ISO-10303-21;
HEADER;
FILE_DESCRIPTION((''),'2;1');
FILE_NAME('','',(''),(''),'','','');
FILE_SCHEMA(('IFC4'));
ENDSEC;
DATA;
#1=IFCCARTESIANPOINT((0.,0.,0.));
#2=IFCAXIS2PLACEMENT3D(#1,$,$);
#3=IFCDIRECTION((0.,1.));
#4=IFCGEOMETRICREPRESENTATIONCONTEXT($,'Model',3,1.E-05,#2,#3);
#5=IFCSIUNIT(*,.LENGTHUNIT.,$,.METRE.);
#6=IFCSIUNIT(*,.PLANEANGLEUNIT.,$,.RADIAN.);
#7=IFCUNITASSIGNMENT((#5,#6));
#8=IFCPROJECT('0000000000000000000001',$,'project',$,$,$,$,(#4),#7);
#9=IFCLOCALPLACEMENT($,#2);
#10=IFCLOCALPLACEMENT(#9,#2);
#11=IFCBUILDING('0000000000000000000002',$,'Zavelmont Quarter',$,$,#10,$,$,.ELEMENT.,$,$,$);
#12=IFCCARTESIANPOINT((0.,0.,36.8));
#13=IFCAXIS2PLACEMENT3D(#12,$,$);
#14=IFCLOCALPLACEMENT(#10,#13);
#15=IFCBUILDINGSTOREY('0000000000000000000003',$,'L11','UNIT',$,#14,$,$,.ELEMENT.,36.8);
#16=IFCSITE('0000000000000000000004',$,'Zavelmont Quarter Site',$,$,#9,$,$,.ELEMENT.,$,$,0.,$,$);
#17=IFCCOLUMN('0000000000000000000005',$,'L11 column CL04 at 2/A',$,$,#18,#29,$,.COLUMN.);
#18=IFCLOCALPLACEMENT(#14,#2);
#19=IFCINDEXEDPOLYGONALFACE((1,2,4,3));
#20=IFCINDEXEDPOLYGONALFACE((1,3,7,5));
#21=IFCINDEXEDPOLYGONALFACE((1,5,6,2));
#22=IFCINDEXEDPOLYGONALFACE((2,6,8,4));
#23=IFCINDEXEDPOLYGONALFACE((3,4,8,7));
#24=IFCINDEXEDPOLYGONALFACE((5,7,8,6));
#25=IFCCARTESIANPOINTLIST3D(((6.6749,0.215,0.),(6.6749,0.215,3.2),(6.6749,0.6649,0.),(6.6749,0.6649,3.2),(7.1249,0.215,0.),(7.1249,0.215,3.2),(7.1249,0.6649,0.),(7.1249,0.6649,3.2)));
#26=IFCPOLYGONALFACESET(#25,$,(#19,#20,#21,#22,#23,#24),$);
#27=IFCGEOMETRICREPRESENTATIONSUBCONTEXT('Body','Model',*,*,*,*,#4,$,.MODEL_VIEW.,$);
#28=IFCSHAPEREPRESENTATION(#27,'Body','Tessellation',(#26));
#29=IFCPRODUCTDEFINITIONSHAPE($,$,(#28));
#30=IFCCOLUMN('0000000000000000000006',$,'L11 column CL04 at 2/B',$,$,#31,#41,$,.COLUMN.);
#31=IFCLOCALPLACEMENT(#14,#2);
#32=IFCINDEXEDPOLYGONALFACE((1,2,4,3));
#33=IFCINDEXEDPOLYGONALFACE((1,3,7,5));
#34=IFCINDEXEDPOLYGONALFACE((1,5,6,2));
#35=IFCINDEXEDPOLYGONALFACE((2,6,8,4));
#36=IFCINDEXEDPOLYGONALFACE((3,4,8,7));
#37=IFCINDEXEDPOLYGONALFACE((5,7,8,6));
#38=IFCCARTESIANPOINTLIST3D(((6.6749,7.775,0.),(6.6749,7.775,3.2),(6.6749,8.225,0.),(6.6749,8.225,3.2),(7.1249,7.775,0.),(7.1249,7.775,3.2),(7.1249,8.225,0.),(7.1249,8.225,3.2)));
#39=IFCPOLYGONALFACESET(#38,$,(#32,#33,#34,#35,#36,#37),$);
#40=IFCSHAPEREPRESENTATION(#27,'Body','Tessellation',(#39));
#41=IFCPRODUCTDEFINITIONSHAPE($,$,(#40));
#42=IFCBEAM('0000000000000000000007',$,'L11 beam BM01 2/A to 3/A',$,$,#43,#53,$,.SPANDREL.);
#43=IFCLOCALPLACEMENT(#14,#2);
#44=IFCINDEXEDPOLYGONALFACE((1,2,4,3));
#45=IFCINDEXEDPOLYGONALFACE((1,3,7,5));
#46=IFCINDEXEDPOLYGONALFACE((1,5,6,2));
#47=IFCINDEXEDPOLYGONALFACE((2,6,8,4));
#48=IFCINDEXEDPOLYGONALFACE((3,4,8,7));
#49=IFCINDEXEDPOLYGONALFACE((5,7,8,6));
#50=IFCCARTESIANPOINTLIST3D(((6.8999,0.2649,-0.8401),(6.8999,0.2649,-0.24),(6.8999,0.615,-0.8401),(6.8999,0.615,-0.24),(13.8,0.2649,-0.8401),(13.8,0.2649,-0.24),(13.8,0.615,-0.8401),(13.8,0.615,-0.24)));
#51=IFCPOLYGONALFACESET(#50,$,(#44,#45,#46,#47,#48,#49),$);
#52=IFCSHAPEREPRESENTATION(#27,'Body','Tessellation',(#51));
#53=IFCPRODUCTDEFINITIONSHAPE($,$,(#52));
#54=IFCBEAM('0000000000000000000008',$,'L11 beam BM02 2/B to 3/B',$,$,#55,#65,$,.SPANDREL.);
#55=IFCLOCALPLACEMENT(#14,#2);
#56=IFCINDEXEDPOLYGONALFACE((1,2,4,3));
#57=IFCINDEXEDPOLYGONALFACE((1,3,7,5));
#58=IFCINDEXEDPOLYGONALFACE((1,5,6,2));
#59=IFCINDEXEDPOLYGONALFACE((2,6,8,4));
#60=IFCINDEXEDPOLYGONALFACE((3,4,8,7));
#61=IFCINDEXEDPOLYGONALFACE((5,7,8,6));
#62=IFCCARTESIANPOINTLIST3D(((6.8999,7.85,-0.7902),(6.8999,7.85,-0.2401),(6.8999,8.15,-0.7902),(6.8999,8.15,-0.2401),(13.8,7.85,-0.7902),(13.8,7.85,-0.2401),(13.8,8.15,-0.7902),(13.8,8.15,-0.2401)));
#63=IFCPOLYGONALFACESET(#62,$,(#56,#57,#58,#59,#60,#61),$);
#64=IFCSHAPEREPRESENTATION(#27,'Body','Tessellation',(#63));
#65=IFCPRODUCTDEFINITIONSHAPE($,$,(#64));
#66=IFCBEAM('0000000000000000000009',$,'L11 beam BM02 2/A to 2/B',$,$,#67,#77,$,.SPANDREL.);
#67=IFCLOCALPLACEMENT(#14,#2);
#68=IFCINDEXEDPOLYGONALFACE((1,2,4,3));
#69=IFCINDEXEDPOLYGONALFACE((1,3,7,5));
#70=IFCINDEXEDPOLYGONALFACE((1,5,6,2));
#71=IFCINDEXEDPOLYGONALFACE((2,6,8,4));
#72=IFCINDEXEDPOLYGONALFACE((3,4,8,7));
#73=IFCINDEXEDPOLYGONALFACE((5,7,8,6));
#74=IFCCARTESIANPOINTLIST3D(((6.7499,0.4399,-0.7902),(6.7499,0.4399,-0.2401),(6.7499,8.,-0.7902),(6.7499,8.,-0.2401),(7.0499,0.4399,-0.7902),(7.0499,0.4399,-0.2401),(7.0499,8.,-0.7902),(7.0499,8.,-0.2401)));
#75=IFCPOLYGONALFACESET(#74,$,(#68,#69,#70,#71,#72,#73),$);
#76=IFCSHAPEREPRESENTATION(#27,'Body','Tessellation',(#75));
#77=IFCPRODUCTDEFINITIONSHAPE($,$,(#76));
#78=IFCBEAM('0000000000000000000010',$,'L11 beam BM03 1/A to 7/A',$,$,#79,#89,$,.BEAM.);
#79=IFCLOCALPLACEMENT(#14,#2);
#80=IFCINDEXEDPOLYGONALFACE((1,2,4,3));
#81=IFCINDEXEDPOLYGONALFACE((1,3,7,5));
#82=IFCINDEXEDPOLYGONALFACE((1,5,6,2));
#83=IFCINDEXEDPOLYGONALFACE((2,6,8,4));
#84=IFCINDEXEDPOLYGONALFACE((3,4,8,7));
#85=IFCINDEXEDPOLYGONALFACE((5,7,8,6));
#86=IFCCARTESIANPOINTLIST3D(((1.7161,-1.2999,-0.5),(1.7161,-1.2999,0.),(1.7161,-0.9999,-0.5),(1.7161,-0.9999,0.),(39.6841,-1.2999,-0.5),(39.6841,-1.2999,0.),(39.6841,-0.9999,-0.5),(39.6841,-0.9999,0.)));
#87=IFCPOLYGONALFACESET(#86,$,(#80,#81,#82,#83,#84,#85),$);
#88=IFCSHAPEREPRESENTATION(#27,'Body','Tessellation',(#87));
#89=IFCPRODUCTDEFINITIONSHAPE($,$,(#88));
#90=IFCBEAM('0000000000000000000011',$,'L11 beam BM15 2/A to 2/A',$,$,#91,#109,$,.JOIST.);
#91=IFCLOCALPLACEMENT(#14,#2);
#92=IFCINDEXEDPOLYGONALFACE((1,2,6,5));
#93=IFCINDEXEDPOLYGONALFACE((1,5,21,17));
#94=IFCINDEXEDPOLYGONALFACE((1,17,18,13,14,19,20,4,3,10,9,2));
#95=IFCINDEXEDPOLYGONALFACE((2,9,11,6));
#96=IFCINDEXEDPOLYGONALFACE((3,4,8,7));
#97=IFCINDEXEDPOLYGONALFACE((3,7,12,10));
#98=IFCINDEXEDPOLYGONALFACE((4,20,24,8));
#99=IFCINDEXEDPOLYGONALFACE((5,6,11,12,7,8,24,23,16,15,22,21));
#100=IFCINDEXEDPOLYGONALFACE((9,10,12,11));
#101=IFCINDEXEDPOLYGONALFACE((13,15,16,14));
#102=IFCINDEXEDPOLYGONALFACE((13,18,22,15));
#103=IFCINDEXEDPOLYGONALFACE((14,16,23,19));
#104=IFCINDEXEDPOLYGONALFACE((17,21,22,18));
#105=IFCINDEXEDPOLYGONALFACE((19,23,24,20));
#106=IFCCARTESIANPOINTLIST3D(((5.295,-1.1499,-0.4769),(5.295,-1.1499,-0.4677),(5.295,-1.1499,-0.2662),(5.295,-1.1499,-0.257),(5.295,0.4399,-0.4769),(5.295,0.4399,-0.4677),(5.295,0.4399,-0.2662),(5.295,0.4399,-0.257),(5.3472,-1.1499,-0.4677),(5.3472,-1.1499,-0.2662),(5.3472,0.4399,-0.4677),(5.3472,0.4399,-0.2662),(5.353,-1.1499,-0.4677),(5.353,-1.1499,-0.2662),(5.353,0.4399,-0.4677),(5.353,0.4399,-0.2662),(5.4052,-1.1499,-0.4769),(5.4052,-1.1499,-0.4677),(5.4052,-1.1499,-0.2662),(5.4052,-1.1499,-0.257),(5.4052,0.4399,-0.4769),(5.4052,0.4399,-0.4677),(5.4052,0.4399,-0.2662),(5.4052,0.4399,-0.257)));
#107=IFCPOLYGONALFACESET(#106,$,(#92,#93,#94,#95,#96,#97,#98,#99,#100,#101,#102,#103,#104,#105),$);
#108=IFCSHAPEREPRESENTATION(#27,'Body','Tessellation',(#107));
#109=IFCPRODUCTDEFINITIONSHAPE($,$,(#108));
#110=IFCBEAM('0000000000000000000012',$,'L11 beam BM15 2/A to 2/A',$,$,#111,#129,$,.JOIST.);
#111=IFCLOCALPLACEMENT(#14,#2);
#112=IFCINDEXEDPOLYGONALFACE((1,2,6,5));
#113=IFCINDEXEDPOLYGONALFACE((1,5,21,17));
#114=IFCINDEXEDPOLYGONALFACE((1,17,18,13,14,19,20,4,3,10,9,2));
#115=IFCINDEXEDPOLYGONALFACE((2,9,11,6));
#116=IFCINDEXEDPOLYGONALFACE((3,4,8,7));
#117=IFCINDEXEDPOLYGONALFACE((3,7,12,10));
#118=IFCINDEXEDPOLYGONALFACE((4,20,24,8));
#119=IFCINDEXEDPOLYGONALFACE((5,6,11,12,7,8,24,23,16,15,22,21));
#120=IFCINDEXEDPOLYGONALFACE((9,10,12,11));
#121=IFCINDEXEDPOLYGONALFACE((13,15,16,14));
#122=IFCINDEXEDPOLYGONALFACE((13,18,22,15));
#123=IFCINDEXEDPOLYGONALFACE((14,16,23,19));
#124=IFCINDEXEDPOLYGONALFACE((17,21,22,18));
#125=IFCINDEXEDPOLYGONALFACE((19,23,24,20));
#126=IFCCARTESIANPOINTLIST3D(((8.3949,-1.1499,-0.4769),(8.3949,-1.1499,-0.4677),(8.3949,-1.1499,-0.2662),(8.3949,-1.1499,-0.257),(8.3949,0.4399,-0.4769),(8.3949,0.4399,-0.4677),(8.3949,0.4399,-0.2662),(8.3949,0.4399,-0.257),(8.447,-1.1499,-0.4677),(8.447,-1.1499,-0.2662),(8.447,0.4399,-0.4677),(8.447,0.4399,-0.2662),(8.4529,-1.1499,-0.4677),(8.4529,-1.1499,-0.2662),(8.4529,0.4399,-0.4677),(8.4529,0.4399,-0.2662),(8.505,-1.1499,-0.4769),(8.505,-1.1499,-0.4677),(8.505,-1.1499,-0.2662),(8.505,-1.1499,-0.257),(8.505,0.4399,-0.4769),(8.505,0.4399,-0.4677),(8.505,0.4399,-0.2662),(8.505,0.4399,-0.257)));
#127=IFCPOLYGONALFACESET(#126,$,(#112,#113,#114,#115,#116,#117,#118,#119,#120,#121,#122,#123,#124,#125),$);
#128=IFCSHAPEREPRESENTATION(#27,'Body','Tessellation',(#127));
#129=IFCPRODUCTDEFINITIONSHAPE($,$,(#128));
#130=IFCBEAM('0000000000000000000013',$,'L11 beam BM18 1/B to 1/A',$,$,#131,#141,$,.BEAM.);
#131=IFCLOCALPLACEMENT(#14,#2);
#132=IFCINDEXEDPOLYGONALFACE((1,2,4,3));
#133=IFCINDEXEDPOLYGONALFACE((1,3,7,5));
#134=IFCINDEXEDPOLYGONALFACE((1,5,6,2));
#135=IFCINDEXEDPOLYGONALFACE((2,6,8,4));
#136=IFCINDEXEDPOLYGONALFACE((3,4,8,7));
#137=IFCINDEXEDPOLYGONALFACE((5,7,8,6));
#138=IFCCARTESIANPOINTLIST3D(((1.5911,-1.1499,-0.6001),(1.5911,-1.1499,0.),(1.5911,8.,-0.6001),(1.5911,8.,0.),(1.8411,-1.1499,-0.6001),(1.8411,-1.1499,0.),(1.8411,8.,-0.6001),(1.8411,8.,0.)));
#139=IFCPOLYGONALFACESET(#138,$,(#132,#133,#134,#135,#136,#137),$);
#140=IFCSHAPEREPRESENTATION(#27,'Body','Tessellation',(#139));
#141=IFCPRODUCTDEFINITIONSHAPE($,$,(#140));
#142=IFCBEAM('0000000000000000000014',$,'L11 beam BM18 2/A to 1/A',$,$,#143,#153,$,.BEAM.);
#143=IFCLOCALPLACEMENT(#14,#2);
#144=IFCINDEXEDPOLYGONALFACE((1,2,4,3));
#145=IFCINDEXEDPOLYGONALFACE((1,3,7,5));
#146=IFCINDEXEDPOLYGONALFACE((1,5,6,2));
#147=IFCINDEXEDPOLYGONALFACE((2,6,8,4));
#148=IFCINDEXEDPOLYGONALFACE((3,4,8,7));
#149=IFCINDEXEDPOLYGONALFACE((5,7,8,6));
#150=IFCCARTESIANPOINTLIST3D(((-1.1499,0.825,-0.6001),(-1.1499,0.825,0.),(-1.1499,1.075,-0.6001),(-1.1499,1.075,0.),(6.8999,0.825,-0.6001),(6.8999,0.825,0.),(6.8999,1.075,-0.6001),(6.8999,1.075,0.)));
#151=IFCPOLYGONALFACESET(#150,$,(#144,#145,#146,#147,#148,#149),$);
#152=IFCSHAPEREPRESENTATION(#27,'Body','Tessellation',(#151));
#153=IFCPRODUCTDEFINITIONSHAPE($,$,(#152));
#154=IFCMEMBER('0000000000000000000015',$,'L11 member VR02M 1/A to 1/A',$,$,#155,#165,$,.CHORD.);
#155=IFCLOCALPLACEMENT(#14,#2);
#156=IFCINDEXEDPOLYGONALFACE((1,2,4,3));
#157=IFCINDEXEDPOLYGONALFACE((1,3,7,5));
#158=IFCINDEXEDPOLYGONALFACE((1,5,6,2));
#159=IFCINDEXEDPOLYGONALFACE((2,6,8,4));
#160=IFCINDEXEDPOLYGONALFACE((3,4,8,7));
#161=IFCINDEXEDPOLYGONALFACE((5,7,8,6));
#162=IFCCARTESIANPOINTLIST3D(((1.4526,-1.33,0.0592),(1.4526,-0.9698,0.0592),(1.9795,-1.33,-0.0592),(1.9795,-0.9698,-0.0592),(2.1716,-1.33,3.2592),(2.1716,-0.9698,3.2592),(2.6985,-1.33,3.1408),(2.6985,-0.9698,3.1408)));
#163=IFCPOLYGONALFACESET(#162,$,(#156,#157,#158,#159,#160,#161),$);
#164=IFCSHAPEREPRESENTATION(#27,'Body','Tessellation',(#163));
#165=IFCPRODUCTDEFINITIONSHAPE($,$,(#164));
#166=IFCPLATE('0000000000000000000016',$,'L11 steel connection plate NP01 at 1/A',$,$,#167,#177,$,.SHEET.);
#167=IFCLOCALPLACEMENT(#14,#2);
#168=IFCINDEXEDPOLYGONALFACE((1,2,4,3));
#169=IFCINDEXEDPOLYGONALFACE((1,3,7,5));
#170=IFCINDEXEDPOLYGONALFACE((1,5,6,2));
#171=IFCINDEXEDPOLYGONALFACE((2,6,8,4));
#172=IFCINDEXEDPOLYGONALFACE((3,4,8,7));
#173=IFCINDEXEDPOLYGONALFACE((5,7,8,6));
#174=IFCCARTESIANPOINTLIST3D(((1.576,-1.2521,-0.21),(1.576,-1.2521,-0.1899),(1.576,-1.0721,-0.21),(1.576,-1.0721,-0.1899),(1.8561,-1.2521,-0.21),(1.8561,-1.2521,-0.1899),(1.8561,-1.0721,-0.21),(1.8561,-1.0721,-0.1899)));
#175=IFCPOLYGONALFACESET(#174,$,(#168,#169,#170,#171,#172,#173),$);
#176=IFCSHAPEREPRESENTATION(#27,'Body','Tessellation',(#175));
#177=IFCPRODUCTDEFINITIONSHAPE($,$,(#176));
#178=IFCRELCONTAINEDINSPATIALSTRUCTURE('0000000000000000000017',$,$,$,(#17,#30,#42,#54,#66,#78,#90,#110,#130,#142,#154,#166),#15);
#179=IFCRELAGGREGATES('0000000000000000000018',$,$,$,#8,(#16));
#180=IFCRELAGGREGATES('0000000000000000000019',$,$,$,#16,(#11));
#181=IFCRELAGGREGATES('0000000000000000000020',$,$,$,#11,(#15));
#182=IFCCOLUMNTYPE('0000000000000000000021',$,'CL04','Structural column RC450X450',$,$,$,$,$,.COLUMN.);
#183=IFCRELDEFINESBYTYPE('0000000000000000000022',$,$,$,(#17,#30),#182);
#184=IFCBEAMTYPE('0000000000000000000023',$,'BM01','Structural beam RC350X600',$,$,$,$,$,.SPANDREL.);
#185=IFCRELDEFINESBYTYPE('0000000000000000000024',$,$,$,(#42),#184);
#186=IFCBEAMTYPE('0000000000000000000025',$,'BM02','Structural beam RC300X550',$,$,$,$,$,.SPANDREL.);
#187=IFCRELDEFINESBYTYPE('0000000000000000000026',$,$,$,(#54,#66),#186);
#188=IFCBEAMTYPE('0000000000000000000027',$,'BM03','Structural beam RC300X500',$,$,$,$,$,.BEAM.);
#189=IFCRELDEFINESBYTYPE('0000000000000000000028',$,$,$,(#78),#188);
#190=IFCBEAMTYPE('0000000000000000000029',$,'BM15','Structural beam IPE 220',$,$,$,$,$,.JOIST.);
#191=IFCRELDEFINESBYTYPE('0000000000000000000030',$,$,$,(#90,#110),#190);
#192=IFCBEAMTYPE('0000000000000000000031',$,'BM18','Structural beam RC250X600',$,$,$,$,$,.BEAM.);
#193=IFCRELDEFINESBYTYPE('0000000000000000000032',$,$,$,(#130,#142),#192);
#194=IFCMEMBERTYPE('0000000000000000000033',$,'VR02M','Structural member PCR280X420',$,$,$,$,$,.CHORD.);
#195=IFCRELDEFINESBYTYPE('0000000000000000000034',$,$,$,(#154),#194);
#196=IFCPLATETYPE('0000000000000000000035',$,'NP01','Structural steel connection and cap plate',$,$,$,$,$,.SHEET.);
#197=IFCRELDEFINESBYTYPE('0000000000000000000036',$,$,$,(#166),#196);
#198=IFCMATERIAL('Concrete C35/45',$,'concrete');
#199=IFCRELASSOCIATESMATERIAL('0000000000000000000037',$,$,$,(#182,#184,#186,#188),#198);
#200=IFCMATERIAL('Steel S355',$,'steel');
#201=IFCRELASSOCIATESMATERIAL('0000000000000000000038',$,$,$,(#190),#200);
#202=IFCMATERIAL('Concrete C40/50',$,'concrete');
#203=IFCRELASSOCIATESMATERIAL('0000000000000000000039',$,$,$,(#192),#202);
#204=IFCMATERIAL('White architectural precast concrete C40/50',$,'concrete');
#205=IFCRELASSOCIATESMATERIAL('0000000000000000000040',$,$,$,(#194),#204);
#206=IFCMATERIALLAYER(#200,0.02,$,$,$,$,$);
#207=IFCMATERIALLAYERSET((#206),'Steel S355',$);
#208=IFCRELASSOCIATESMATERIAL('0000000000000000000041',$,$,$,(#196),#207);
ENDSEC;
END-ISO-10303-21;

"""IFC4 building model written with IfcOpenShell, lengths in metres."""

from ifc_helpers import new_model, si_unit, direction, frame, origin, origin_2d, place, context, subcontext, project, spatial, rectangle, i_section, extrude, material, layer, layer_set, material_profile, profile_set, type_object, element, save


model = new_model("IFC4")

# Units and contexts
model_context = context("Model", 3, precision=1e-05, world=origin(), true_north=direction((0.0, 1.0)))
body_context = subcontext(model_context, "Body", "Model", "MODEL_VIEW")
ifc_project = project(units=[si_unit("LENGTHUNIT", "METRE"), si_unit("PLANEANGLEUNIT", "RADIAN")], contexts=[model_context])

# Site, building, storey
site_placement = place(None, origin())
site = spatial("IfcSite", under=ifc_project, at=site_placement, Name="Zavelmont Quarter Site", CompositionType="ELEMENT", RefElevation=0.0)
building_placement = place(site_placement, origin())
building = spatial("IfcBuilding", under=site, at=building_placement, Name="Zavelmont Quarter", CompositionType="ELEMENT")
storey_placement = place(building_placement, frame((0.0, 0.0, 36.8)))
storey = spatial("IfcBuildingStorey", under=building, at=storey_placement, Name="L11", Description="UNIT", CompositionType="ELEMENT", Elevation=36.8)

# Columns
ifc_material_1 = material(Name="Concrete C35/45", Category="concrete")
ifc_material_profile_1 = material_profile(ifc_material_1, rectangle(XDim=0.45, YDim=0.45, at=origin_2d()), Name="RC450X450")
ifc_profile_set_1 = profile_set([ifc_material_profile_1], Name="Concrete C35/45")
column_type = type_object("IfcColumnType", Name="CL04", Description="Structural column RC450X450", PredefinedType="COLUMN", material=ifc_profile_set_1)
for number, where, z_axis, x_axis, name in (
    (1, (6.8999, 0.4399, 0.0), (0.0, 0.0, 1.0), (1.0, 0.0, 0.0), "L11 column CL04 at 2/A"),
    (2, (6.8999, 8.0, 0.0), (0.0, 0.0, 1.0), (1.0, 0.0, 0.0), "L11 column CL04 at 2/B"),
):
    element("IfcColumn", number, at=place(storey_placement, frame(where, z_axis=z_axis, x_axis=x_axis)), inside=storey, type_object=column_type, Name=name, PredefinedType="COLUMN", context=body_context, shape_type="SweptSolid", body=[
        extrude(rectangle(XDim=0.45, YDim=0.45, at=origin_2d()), origin(), (0.0, 0.0, 1.0), 3.2),
    ])

# Beams
ifc_material_profile_2 = material_profile(ifc_material_1, rectangle(XDim=0.3501, YDim=0.6001, at=origin_2d()), Name="RC350X600")
ifc_profile_set_2 = profile_set([ifc_material_profile_2], Name="Concrete C35/45")
beam_type_1 = type_object("IfcBeamType", Name="BM01", Description="Structural beam RC350X600", PredefinedType="SPANDREL", material=ifc_profile_set_2)
beam_1_placement = place(storey_placement, frame((6.8999, 0.4399, -0.54), z_axis=(1.0, 0.0, 0.0), x_axis=(0.0, 1.0, 0.0)))
element("IfcBeam", 3, at=beam_1_placement, inside=storey, type_object=beam_type_1, Name="L11 beam BM01 2/A to 3/A", PredefinedType="SPANDREL", context=body_context, shape_type="SweptSolid", body=[
    extrude(rectangle(XDim=0.3501, YDim=0.6001, at=origin_2d()), origin(), (0.0, 0.0, 1.0), 6.9001),
])
ifc_material_profile_3 = material_profile(ifc_material_1, rectangle(XDim=0.3, YDim=0.55, at=origin_2d()), Name="RC300X550")
ifc_profile_set_3 = profile_set([ifc_material_profile_3], Name="Concrete C35/45")
beam_type_2 = type_object("IfcBeamType", Name="BM02", Description="Structural beam RC300X550", PredefinedType="SPANDREL", material=ifc_profile_set_3)
beam_2_placement = place(storey_placement, frame((6.8999, 8.0, -0.5151), z_axis=(1.0, 0.0, 0.0), x_axis=(0.0, 1.0, 0.0)))
element("IfcBeam", 4, at=beam_2_placement, inside=storey, type_object=beam_type_2, Name="L11 beam BM02 2/B to 3/B", PredefinedType="SPANDREL", context=body_context, shape_type="SweptSolid", body=[
    extrude(rectangle(XDim=0.3, YDim=0.55, at=origin_2d()), origin(), (0.0, 0.0, 1.0), 6.9001),
])
beam_3_placement = place(storey_placement, frame((6.8999, 0.4399, -0.5151), z_axis=(0.0, 1.0, 0.0), x_axis=(-1.0, 0.0, 0.0)))
element("IfcBeam", 5, at=beam_3_placement, inside=storey, type_object=beam_type_2, Name="L11 beam BM02 2/A to 2/B", PredefinedType="SPANDREL", context=body_context, shape_type="SweptSolid", body=[
    extrude(rectangle(XDim=0.3, YDim=0.55, at=origin_2d()), origin(), (0.0, 0.0, 1.0), 7.5601),
])
ifc_material_profile_4 = material_profile(ifc_material_1, rectangle(XDim=0.3, YDim=0.5, at=origin_2d()), Name="RC300X500")
ifc_profile_set_4 = profile_set([ifc_material_profile_4], Name="Concrete C35/45")
beam_type_3 = type_object("IfcBeamType", Name="BM03", Description="Structural beam RC300X500", PredefinedType="BEAM", material=ifc_profile_set_4)
beam_4_placement = place(storey_placement, frame((1.7161, -1.1499, -0.25), z_axis=(1.0, 0.0, 0.0), x_axis=(0.0, 1.0, 0.0)))
element("IfcBeam", 6, at=beam_4_placement, inside=storey, type_object=beam_type_3, Name="L11 beam BM03 1/A to 7/A", PredefinedType="BEAM", context=body_context, shape_type="SweptSolid", body=[
    extrude(rectangle(XDim=0.3, YDim=0.5, at=origin_2d()), origin(), (0.0, 0.0, 1.0), 37.968),
])
ifc_material_2 = material(Name="Steel S355", Category="steel")
ifc_material_profile_5 = material_profile(ifc_material_2, i_section(OverallWidth=0.1101, OverallDepth=0.22, WebThickness=0.0059, FlangeThickness=0.0093, at=origin_2d()), Name="IPE 220")
ifc_profile_set_5 = profile_set([ifc_material_profile_5], Name="Steel S355")
beam_type_4 = type_object("IfcBeamType", Name="BM15", Description="Structural beam IPE 220", PredefinedType="JOIST", material=ifc_profile_set_5)
for number, where, z_axis, x_axis, name in (
    (7, (5.3501, 0.4399, -0.3669), (0.0, -1.0, 0.0), (1.0, 0.0, 0.0), "L11 beam BM15 2/A to 2/A"),
    (8, (8.45, 0.4399, -0.3669), (0.0, -1.0, 0.0), (1.0, 0.0, 0.0), "L11 beam BM15 2/A to 2/A"),
):
    element("IfcBeam", number, at=place(storey_placement, frame(where, z_axis=z_axis, x_axis=x_axis)), inside=storey, type_object=beam_type_4, Name=name, PredefinedType="JOIST", context=body_context, shape_type="SweptSolid", body=[
        extrude(i_section(OverallWidth=0.1101, OverallDepth=0.22, WebThickness=0.0059, FlangeThickness=0.0093, at=origin_2d()), origin(), (0.0, 0.0, 1.0), 1.5898),
    ])
ifc_material_3 = material(Name="Concrete C40/50", Category="concrete")
ifc_material_profile_6 = material_profile(ifc_material_3, rectangle(XDim=0.25, YDim=0.6001, at=origin_2d()), Name="RC250X600")
ifc_profile_set_6 = profile_set([ifc_material_profile_6], Name="Concrete C40/50")
beam_type_5 = type_object("IfcBeamType", Name="BM18", Description="Structural beam RC250X600", PredefinedType="BEAM", material=ifc_profile_set_6)
beam_5_placement = place(storey_placement, frame((1.7161, 8.0, -0.3), z_axis=(0.0, -1.0, 0.0), x_axis=(1.0, 0.0, 0.0)))
element("IfcBeam", 9, at=beam_5_placement, inside=storey, type_object=beam_type_5, Name="L11 beam BM18 1/B to 1/A", PredefinedType="BEAM", context=body_context, shape_type="SweptSolid", body=[
    extrude(rectangle(XDim=0.25, YDim=0.6001, at=origin_2d()), origin(), (0.0, 0.0, 1.0), 9.1499),
])
beam_6_placement = place(storey_placement, frame((6.8999, 0.95, -0.3), z_axis=(-1.0, 0.0, 0.0), x_axis=(0.0, -1.0, 0.0)))
element("IfcBeam", 10, at=beam_6_placement, inside=storey, type_object=beam_type_5, Name="L11 beam BM18 2/A to 1/A", PredefinedType="BEAM", context=body_context, shape_type="SweptSolid", body=[
    extrude(rectangle(XDim=0.25, YDim=0.6001, at=origin_2d()), origin(), (0.0, 0.0, 1.0), 8.0498),
])

# Member
ifc_material_4 = material(Name="White architectural precast concrete C40/50", Category="concrete")
ifc_material_profile_7 = material_profile(ifc_material_4, rectangle(XDim=0.3601, YDim=0.54, at=origin_2d()), Name="PCR280X420")
ifc_profile_set_7 = profile_set([ifc_material_profile_7], Name="White architectural precast concrete C40/50")
member_type = type_object("IfcMemberType", Name="VR02M", Description="Structural member PCR280X420", PredefinedType="CHORD", material=ifc_profile_set_7)
member_placement = place(storey_placement, frame((1.7161, -1.1499, 0.0), z_axis=(0.219223, 0.0, 0.975675), x_axis=(0.0, 1.0, 0.0)))
element("IfcMember", 11, at=member_placement, inside=storey, type_object=member_type, Name="L11 member VR02M 1/A to 1/A", PredefinedType="CHORD", context=body_context, shape_type="SweptSolid", body=[
    extrude(rectangle(XDim=0.3601, YDim=0.54, at=origin_2d()), origin(), (0.0, 0.0, 1.0), 3.2798),
])

# Plate
ifc_layer_1 = layer(ifc_material_2, 0.02)
ifc_layer_set_1 = layer_set([ifc_layer_1], Name="Steel S355")
plate_type = type_object("IfcPlateType", Name="NP01", Description="Structural steel connection and cap plate", PredefinedType="SHEET", material=ifc_layer_set_1)
plate_placement = place(storey_placement, frame((1.7161, -1.1621, -0.21), z_axis=(0.0, 0.0, 1.0), x_axis=(1.0, 0.0, 0.0)))
element("IfcPlate", 12, at=plate_placement, inside=storey, type_object=plate_type, Name="L11 steel connection plate NP01 at 1/A", PredefinedType="SHEET", context=body_context, shape_type="SweptSolid", body=[
    extrude(rectangle(XDim=0.28, YDim=0.1799, at=origin_2d()), origin(), (0.0, 0.0, 1.0), 0.02),
])

save(model, "model.ifc")
